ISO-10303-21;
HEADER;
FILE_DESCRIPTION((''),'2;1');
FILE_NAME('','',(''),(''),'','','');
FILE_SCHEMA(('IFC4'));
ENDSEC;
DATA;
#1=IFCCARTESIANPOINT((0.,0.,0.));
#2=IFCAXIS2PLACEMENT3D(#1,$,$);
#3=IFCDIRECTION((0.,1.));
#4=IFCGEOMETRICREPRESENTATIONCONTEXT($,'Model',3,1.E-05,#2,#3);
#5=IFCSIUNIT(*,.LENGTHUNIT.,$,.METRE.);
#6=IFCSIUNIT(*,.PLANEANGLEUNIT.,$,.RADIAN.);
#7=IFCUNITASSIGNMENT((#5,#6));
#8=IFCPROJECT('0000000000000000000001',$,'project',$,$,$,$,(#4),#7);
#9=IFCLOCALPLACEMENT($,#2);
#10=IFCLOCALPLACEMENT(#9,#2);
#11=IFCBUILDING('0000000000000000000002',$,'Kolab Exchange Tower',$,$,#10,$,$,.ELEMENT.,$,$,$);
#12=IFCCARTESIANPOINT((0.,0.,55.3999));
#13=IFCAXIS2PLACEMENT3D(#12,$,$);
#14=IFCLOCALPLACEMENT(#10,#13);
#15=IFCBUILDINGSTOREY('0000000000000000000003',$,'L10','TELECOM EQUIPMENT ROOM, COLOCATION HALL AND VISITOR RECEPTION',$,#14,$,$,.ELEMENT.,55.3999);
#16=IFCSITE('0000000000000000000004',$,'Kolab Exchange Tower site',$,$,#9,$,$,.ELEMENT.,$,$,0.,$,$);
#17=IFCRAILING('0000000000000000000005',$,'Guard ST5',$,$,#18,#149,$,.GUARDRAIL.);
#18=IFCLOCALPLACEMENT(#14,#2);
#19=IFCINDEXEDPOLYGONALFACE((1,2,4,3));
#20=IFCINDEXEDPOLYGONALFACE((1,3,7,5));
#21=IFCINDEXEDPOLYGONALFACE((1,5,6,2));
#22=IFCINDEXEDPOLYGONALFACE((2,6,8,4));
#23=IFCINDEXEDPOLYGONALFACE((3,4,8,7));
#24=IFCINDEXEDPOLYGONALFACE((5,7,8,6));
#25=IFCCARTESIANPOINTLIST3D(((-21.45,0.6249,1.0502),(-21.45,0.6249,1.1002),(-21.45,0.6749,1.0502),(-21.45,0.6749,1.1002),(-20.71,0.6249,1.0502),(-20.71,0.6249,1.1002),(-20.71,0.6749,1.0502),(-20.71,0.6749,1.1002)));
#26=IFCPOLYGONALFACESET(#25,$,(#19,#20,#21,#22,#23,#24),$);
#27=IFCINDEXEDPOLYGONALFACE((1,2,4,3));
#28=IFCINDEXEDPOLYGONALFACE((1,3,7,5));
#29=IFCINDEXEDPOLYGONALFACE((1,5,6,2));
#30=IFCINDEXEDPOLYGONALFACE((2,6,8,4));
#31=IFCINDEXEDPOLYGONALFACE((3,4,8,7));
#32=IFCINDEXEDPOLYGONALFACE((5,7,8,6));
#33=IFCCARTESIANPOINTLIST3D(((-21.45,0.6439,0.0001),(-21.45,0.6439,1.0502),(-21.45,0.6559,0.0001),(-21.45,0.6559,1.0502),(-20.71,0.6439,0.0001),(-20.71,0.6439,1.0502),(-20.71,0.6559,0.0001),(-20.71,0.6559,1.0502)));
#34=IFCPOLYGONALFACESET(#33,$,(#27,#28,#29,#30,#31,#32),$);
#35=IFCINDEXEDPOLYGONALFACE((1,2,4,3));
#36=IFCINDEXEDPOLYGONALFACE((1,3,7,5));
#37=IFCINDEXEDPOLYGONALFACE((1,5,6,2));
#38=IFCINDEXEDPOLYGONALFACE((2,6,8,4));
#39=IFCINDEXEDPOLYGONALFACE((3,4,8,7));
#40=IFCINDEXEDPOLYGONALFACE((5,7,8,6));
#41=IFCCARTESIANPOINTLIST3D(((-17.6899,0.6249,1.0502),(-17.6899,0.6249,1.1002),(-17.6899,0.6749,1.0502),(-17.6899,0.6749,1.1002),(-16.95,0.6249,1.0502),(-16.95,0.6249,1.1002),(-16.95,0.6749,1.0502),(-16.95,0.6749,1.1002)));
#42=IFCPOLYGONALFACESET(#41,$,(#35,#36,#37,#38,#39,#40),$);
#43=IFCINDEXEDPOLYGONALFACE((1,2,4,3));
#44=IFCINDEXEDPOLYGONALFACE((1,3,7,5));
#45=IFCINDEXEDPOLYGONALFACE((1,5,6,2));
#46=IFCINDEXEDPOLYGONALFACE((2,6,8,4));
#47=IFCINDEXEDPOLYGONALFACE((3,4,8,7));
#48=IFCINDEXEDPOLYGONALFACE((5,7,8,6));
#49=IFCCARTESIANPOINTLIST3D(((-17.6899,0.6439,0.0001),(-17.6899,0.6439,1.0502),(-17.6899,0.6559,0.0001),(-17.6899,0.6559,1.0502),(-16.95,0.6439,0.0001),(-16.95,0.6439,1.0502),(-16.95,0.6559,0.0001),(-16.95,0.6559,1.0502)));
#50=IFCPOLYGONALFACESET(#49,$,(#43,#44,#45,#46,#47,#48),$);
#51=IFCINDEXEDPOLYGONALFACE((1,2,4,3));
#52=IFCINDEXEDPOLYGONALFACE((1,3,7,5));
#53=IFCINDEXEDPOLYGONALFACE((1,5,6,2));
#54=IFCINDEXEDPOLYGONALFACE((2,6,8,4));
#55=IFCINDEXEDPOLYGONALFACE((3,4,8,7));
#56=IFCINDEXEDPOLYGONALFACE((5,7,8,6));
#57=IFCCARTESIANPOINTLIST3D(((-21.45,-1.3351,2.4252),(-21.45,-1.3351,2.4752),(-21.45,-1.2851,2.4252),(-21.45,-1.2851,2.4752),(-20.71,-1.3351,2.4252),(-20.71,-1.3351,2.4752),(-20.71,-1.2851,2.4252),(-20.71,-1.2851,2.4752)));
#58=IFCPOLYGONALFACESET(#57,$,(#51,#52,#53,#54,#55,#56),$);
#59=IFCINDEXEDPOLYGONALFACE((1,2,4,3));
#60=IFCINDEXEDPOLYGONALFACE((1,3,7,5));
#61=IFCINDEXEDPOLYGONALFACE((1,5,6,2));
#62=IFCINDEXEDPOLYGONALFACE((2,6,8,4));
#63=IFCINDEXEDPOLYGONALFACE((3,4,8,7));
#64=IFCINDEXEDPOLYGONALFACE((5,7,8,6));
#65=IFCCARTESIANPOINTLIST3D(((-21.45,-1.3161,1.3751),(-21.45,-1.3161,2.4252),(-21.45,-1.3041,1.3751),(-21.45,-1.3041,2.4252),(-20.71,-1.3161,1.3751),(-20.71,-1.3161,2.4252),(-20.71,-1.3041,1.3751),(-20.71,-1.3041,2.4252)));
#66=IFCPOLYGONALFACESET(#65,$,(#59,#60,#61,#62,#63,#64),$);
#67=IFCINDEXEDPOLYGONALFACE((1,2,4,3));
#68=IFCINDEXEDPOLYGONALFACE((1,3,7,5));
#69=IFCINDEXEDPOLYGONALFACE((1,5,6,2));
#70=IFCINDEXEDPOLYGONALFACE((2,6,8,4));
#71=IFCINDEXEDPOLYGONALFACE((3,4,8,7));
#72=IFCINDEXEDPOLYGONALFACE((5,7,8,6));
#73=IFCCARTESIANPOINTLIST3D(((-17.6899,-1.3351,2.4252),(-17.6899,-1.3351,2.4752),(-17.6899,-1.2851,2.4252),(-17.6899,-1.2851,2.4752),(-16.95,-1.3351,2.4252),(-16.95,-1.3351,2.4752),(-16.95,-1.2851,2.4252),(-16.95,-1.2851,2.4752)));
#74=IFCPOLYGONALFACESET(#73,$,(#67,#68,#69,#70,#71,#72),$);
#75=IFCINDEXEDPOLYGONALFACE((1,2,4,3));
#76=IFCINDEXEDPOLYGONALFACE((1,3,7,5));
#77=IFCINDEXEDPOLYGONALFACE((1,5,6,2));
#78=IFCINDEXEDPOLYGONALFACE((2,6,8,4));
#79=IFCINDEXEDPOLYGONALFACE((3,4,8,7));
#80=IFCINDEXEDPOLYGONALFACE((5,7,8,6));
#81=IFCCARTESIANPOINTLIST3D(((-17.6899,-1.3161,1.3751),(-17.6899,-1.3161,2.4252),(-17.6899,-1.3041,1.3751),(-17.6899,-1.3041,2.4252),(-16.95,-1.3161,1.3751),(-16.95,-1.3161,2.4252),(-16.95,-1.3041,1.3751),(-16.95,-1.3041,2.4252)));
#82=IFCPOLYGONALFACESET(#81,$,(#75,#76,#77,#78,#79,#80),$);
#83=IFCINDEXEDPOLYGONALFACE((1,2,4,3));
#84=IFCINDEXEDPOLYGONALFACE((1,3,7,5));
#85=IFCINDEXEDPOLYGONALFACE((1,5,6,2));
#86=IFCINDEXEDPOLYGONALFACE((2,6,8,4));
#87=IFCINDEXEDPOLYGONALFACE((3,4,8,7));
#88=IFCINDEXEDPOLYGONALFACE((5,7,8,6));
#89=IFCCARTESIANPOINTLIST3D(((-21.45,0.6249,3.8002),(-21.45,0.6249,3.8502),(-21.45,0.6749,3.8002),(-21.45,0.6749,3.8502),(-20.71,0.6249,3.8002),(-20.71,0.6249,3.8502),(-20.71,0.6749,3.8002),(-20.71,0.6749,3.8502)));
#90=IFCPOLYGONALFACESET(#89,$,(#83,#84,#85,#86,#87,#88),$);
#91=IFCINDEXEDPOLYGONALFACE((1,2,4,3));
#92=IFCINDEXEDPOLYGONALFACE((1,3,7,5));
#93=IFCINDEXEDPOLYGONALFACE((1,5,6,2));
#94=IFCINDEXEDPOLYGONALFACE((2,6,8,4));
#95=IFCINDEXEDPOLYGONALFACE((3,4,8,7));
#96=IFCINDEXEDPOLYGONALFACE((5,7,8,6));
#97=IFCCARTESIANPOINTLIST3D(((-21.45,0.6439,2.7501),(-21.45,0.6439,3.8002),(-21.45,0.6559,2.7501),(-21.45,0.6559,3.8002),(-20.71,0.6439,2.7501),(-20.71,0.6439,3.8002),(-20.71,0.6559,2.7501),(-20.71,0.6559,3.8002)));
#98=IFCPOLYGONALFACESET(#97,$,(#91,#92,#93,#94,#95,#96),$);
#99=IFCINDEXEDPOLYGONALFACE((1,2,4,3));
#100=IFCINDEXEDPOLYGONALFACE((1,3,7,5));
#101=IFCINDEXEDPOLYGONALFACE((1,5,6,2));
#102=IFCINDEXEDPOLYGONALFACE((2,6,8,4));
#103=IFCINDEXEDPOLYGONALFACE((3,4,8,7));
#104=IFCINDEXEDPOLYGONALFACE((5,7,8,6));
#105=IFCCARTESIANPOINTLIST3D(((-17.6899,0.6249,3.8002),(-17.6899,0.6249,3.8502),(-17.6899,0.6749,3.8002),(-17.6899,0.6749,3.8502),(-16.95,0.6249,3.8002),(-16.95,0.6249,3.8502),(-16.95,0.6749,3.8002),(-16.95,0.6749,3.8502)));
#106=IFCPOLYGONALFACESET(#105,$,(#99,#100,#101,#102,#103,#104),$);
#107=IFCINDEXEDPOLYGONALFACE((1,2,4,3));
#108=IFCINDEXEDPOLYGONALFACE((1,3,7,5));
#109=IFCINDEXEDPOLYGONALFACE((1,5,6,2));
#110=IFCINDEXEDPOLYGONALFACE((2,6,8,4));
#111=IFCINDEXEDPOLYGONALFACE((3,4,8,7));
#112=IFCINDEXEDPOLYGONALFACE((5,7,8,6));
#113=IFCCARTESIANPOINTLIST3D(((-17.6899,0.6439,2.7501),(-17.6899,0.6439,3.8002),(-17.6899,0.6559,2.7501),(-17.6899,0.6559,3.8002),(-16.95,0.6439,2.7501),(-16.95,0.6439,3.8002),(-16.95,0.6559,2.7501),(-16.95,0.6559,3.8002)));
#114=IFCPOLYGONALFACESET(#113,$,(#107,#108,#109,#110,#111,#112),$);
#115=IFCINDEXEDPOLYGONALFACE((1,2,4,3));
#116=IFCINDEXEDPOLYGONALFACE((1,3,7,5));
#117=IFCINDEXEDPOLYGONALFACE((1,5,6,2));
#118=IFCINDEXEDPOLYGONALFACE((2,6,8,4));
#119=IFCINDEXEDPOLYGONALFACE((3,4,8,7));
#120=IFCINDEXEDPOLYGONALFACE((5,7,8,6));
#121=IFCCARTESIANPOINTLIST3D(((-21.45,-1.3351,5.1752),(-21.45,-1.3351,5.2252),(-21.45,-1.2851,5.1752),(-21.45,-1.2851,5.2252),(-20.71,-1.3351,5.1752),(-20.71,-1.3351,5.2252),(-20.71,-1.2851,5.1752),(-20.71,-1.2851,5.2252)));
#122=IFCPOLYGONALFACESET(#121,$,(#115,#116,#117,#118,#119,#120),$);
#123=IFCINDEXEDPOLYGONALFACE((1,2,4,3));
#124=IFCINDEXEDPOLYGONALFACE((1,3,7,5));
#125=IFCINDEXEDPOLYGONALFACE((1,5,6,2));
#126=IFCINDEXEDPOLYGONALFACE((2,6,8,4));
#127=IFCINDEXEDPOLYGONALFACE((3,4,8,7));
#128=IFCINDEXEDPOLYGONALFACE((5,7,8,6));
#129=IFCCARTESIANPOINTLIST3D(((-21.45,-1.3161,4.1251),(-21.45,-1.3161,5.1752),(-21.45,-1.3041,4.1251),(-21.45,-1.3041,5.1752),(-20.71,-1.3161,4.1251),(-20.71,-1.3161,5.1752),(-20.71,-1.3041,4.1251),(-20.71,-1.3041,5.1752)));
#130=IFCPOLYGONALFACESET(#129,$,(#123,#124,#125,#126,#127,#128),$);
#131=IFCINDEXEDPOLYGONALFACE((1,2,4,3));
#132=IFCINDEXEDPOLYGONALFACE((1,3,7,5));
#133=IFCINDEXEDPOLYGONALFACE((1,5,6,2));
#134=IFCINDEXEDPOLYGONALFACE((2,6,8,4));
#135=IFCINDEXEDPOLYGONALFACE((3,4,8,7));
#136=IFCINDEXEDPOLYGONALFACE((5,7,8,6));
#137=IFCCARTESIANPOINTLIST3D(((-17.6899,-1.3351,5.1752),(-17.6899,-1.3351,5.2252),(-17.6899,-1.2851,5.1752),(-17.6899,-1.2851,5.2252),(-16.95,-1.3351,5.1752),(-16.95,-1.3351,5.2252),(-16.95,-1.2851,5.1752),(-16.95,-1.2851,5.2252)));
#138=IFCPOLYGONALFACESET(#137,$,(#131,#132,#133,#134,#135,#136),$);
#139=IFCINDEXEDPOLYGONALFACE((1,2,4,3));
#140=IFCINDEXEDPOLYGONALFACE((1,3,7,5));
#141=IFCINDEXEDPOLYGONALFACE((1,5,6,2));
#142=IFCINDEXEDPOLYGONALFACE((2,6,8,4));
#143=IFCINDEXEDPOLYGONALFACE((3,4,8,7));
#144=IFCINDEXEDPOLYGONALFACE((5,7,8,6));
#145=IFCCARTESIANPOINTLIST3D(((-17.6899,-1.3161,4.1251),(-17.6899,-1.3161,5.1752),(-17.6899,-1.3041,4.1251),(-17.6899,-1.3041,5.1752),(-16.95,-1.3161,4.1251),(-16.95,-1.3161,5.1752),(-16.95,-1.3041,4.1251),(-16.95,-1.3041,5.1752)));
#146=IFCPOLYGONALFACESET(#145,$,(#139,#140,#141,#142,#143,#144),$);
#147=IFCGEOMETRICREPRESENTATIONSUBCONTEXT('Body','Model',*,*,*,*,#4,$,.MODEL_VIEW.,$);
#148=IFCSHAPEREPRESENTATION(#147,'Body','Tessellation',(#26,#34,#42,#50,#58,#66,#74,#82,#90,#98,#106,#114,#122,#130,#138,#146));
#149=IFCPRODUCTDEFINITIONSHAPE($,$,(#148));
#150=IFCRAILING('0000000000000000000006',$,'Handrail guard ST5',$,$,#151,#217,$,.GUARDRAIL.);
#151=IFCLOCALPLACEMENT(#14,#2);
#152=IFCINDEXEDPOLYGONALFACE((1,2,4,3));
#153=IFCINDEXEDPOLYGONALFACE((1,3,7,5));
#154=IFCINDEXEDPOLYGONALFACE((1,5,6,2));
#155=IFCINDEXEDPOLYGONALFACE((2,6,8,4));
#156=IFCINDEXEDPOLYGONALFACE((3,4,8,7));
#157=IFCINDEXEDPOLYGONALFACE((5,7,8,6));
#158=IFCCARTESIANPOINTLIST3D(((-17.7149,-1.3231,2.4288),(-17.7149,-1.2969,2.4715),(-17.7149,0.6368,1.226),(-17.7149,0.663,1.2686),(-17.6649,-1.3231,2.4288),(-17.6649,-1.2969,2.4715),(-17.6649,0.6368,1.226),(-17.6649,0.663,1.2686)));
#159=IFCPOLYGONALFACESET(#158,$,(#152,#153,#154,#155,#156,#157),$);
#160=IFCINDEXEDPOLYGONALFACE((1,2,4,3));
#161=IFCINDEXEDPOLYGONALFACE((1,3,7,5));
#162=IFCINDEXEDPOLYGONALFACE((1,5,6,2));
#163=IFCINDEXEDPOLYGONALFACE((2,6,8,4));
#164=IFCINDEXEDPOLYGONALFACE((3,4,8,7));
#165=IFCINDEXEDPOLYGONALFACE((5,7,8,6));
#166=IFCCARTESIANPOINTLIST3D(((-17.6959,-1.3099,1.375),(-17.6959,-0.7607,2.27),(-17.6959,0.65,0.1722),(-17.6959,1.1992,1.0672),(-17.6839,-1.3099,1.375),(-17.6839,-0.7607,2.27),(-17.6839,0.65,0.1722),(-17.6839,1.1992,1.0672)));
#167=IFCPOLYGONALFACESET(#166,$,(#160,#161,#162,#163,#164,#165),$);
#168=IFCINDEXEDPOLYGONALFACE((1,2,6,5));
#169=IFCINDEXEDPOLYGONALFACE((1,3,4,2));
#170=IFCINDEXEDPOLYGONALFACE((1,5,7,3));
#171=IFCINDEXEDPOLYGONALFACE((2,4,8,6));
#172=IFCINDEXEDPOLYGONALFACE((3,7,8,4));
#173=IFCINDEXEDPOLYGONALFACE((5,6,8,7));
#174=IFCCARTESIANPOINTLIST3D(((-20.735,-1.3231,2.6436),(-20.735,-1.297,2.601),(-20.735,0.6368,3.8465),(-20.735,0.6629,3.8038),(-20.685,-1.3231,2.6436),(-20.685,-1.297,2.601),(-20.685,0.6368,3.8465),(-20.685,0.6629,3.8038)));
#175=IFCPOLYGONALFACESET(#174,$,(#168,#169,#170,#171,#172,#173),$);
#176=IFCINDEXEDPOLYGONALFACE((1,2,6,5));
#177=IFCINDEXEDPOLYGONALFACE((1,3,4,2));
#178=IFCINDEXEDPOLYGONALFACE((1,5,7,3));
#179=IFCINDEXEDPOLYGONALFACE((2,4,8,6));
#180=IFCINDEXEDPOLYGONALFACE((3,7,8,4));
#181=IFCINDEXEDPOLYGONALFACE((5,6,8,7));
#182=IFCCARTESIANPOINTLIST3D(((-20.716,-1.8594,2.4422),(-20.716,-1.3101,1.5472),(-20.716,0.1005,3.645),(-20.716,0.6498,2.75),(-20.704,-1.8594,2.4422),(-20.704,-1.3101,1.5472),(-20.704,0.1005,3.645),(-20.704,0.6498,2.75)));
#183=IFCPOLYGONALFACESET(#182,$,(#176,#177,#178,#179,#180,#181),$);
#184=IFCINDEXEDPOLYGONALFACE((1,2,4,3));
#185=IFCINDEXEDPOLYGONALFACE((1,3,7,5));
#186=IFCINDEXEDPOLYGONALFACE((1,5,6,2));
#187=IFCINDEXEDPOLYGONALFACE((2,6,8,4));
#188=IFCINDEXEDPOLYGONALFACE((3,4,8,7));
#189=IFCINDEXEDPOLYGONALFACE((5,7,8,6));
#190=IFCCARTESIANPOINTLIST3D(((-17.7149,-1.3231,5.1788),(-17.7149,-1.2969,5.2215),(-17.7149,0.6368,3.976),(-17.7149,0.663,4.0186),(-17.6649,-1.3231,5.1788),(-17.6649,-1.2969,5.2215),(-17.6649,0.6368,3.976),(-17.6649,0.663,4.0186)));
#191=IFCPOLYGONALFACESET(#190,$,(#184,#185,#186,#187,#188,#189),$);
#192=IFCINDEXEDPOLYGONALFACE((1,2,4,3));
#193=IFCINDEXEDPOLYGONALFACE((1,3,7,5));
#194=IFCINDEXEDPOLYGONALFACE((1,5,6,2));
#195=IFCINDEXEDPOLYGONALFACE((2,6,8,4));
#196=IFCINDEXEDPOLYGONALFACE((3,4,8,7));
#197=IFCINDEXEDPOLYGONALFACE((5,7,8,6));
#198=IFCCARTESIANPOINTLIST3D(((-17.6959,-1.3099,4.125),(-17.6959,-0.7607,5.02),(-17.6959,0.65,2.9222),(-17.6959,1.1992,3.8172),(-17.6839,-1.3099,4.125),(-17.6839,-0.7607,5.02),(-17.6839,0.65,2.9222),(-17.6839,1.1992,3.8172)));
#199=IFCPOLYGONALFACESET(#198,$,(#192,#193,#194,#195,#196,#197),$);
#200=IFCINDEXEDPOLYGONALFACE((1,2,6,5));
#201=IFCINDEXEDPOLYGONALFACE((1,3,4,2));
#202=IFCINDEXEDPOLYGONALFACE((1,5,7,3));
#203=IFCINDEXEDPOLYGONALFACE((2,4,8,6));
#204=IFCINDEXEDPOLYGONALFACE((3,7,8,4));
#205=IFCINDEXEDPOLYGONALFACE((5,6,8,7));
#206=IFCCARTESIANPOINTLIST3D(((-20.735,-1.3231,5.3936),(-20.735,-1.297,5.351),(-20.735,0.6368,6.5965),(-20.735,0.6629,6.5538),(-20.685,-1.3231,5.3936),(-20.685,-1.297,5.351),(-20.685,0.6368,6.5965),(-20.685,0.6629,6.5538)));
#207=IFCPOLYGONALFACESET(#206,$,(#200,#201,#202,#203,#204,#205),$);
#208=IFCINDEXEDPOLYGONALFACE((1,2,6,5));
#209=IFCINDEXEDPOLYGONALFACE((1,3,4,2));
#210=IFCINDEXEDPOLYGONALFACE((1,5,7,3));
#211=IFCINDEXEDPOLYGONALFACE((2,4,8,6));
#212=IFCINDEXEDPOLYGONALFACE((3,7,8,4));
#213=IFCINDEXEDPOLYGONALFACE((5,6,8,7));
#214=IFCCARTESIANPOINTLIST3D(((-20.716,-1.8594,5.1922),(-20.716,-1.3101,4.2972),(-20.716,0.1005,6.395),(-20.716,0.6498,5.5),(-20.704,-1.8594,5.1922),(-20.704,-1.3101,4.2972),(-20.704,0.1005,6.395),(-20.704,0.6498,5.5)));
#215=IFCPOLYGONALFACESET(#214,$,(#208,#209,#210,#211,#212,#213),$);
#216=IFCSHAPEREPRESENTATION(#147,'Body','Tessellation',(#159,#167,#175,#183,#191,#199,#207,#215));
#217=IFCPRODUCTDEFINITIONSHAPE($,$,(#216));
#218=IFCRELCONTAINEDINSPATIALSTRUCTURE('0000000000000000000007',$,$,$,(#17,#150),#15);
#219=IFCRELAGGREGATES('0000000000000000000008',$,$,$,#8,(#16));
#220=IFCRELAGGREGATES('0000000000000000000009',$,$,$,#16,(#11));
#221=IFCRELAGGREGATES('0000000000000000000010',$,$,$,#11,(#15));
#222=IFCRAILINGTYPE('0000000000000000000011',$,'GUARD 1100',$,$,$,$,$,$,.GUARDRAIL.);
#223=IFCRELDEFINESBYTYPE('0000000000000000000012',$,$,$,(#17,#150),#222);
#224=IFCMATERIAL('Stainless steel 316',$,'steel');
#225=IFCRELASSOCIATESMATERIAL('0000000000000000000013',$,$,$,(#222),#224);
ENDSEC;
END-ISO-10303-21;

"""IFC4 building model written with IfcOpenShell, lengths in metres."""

from ifc_helpers import new_model, si_unit, direction, frame, frame_2d, origin, origin_2d, place, context, subcontext, project, spatial, rectangle, extrude, material, type_object, element, save


model = new_model("IFC4")

# Units and contexts
model_context = context("Model", 3, precision=1e-05, world=origin(), true_north=direction((0.0, 1.0)))
body_context = subcontext(model_context, "Body", "Model", "MODEL_VIEW")
ifc_project = project(units=[si_unit("LENGTHUNIT", "METRE"), si_unit("PLANEANGLEUNIT", "RADIAN")], contexts=[model_context])

# Site, building, storey
site_placement = place(None, origin())
site = spatial("IfcSite", under=ifc_project, at=site_placement, Name="Kolab Exchange Tower site", CompositionType="ELEMENT", RefElevation=0.0)
building_placement = place(site_placement, origin())
building = spatial("IfcBuilding", under=site, at=building_placement, Name="Kolab Exchange Tower", CompositionType="ELEMENT")
storey_placement = place(building_placement, frame((0.0, 0.0, 55.3999)))
storey = spatial("IfcBuildingStorey", under=building, at=storey_placement, Name="L10", Description="TELECOM EQUIPMENT ROOM, COLOCATION HALL AND VISITOR RECEPTION", CompositionType="ELEMENT", Elevation=55.3999)

# Railings
ifc_material_1 = material(Name="Stainless steel 316", Category="steel")
railing_type = type_object("IfcRailingType", Name="GUARD 1100", PredefinedType="GUARDRAIL", material=ifc_material_1)
railing_1_placement = place(storey_placement, frame((-21.45, 0.6499, 0.0)))
element("IfcRailing", 1, at=railing_1_placement, inside=storey, type_object=railing_type, Name="Guard ST5", PredefinedType="GUARDRAIL", context=body_context, shape_type="SweptSolid", body=[
    extrude(rectangle(XDim=0.05, YDim=0.05, at=origin_2d()), frame((0.0, 0.0, 1.0752), z_axis=(1.0, 0.0, 0.0), x_axis=(0.0, 1.0, 0.0)), (0.0, 0.0, 1.0), 0.74),
    extrude(rectangle(XDim=0.012, YDim=1.0501, at=frame_2d((0.0, 0.5251))), frame((0.0, 0.0, 0.0), z_axis=(1.0, 0.0, 0.0), x_axis=(0.0, 1.0, 0.0)), (0.0, 0.0, 1.0), 0.74),
    extrude(rectangle(XDim=0.05, YDim=0.05, at=origin_2d()), frame((3.76, 0.0, 1.0752), z_axis=(1.0, 0.0, 0.0), x_axis=(0.0, 1.0, 0.0)), (0.0, 0.0, 1.0), 0.74),
    extrude(rectangle(XDim=0.012, YDim=1.0501, at=frame_2d((0.0, 0.5251))), frame((3.76, 0.0, 0.0), z_axis=(1.0, 0.0, 0.0), x_axis=(0.0, 1.0, 0.0)), (0.0, 0.0, 1.0), 0.74),
    extrude(rectangle(XDim=0.05, YDim=0.05, at=origin_2d()), frame((0.0, -1.96, 2.4502), z_axis=(1.0, 0.0, 0.0), x_axis=(0.0, 1.0, 0.0)), (0.0, 0.0, 1.0), 0.74),
    extrude(rectangle(XDim=0.012, YDim=1.0501, at=frame_2d((0.0, 0.5251))), frame((0.0, -1.96, 1.375), z_axis=(1.0, 0.0, 0.0), x_axis=(0.0, 1.0, 0.0)), (0.0, 0.0, 1.0), 0.74),
    extrude(rectangle(XDim=0.05, YDim=0.05, at=origin_2d()), frame((3.76, -1.96, 2.4502), z_axis=(1.0, 0.0, 0.0), x_axis=(0.0, 1.0, 0.0)), (0.0, 0.0, 1.0), 0.74),
    extrude(rectangle(XDim=0.012, YDim=1.0501, at=frame_2d((0.0, 0.5251))), frame((3.76, -1.96, 1.375), z_axis=(1.0, 0.0, 0.0), x_axis=(0.0, 1.0, 0.0)), (0.0, 0.0, 1.0), 0.74),
    extrude(rectangle(XDim=0.05, YDim=0.05, at=origin_2d()), frame((0.0, 0.0, 3.8252), z_axis=(1.0, 0.0, 0.0), x_axis=(0.0, 1.0, 0.0)), (0.0, 0.0, 1.0), 0.74),
    extrude(rectangle(XDim=0.012, YDim=1.0501, at=frame_2d((0.0, 0.5251))), frame((0.0, 0.0, 2.75), z_axis=(1.0, 0.0, 0.0), x_axis=(0.0, 1.0, 0.0)), (0.0, 0.0, 1.0), 0.74),
    extrude(rectangle(XDim=0.05, YDim=0.05, at=origin_2d()), frame((3.76, 0.0, 3.8252), z_axis=(1.0, 0.0, 0.0), x_axis=(0.0, 1.0, 0.0)), (0.0, 0.0, 1.0), 0.74),
    extrude(rectangle(XDim=0.012, YDim=1.0501, at=frame_2d((0.0, 0.5251))), frame((3.76, 0.0, 2.75), z_axis=(1.0, 0.0, 0.0), x_axis=(0.0, 1.0, 0.0)), (0.0, 0.0, 1.0), 0.74),
    extrude(rectangle(XDim=0.05, YDim=0.05, at=origin_2d()), frame((0.0, -1.96, 5.2002), z_axis=(1.0, 0.0, 0.0), x_axis=(0.0, 1.0, 0.0)), (0.0, 0.0, 1.0), 0.74),
    extrude(rectangle(XDim=0.012, YDim=1.0501, at=frame_2d((0.0, 0.5251))), frame((0.0, -1.96, 4.125), z_axis=(1.0, 0.0, 0.0), x_axis=(0.0, 1.0, 0.0)), (0.0, 0.0, 1.0), 0.74),
    extrude(rectangle(XDim=0.05, YDim=0.05, at=origin_2d()), frame((3.76, -1.96, 5.2002), z_axis=(1.0, 0.0, 0.0), x_axis=(0.0, 1.0, 0.0)), (0.0, 0.0, 1.0), 0.74),
    extrude(rectangle(XDim=0.012, YDim=1.0501, at=frame_2d((0.0, 0.5251))), frame((3.76, -1.96, 4.125), z_axis=(1.0, 0.0, 0.0), x_axis=(0.0, 1.0, 0.0)), (0.0, 0.0, 1.0), 0.74),
])
railing_2_placement = place(storey_placement, frame((-17.6899, 0.6499, 0.1721)))
element("IfcRailing", 2, at=railing_2_placement, inside=storey, type_object=railing_type, Name="Handrail guard ST5", PredefinedType="GUARDRAIL", context=body_context, shape_type="SweptSolid", body=[
    extrude(rectangle(XDim=0.05, YDim=0.05, at=origin_2d()), frame((0.0, 0.0, 1.0752), z_axis=(0.0, -0.852288, 0.523072), x_axis=(1.0, 0.0, 0.0)), (0.0, 0.0, 1.0), 2.2996),
    extrude(rectangle(XDim=0.012, YDim=1.0501, at=frame_2d((0.0, 0.5251))), frame((0.0, 0.0, 0.0), z_axis=(0.0, -0.852288, 0.523072), x_axis=(1.0, 0.0, 0.0)), (0.0, 0.0, 1.0), 2.2996),
    extrude(rectangle(XDim=0.05, YDim=0.05, at=origin_2d()), frame((-3.02, -1.96, 2.4502), z_axis=(0.0, 0.852288, 0.523072), x_axis=(-1.0, 0.0, 0.0)), (0.0, 0.0, 1.0), 2.2996),
    extrude(rectangle(XDim=0.012, YDim=1.0501, at=frame_2d((0.0, 0.5251))), frame((-3.02, -1.96, 1.375), z_axis=(0.0, 0.852288, 0.523072), x_axis=(-1.0, 0.0, 0.0)), (0.0, 0.0, 1.0), 2.2996),
    extrude(rectangle(XDim=0.05, YDim=0.05, at=origin_2d()), frame((0.0, 0.0, 3.8252), z_axis=(0.0, -0.852288, 0.523072), x_axis=(1.0, 0.0, 0.0)), (0.0, 0.0, 1.0), 2.2996),
    extrude(rectangle(XDim=0.012, YDim=1.0501, at=frame_2d((0.0, 0.5251))), frame((0.0, 0.0, 2.75), z_axis=(0.0, -0.852288, 0.523072), x_axis=(1.0, 0.0, 0.0)), (0.0, 0.0, 1.0), 2.2996),
    extrude(rectangle(XDim=0.05, YDim=0.05, at=origin_2d()), frame((-3.02, -1.96, 5.2002), z_axis=(0.0, 0.852288, 0.523072), x_axis=(-1.0, 0.0, 0.0)), (0.0, 0.0, 1.0), 2.2996),
    extrude(rectangle(XDim=0.012, YDim=1.0501, at=frame_2d((0.0, 0.5251))), frame((-3.02, -1.96, 4.125), z_axis=(0.0, 0.852288, 0.523072), x_axis=(-1.0, 0.0, 0.0)), (0.0, 0.0, 1.0), 2.2996),
])

save(model, "model.ifc")
